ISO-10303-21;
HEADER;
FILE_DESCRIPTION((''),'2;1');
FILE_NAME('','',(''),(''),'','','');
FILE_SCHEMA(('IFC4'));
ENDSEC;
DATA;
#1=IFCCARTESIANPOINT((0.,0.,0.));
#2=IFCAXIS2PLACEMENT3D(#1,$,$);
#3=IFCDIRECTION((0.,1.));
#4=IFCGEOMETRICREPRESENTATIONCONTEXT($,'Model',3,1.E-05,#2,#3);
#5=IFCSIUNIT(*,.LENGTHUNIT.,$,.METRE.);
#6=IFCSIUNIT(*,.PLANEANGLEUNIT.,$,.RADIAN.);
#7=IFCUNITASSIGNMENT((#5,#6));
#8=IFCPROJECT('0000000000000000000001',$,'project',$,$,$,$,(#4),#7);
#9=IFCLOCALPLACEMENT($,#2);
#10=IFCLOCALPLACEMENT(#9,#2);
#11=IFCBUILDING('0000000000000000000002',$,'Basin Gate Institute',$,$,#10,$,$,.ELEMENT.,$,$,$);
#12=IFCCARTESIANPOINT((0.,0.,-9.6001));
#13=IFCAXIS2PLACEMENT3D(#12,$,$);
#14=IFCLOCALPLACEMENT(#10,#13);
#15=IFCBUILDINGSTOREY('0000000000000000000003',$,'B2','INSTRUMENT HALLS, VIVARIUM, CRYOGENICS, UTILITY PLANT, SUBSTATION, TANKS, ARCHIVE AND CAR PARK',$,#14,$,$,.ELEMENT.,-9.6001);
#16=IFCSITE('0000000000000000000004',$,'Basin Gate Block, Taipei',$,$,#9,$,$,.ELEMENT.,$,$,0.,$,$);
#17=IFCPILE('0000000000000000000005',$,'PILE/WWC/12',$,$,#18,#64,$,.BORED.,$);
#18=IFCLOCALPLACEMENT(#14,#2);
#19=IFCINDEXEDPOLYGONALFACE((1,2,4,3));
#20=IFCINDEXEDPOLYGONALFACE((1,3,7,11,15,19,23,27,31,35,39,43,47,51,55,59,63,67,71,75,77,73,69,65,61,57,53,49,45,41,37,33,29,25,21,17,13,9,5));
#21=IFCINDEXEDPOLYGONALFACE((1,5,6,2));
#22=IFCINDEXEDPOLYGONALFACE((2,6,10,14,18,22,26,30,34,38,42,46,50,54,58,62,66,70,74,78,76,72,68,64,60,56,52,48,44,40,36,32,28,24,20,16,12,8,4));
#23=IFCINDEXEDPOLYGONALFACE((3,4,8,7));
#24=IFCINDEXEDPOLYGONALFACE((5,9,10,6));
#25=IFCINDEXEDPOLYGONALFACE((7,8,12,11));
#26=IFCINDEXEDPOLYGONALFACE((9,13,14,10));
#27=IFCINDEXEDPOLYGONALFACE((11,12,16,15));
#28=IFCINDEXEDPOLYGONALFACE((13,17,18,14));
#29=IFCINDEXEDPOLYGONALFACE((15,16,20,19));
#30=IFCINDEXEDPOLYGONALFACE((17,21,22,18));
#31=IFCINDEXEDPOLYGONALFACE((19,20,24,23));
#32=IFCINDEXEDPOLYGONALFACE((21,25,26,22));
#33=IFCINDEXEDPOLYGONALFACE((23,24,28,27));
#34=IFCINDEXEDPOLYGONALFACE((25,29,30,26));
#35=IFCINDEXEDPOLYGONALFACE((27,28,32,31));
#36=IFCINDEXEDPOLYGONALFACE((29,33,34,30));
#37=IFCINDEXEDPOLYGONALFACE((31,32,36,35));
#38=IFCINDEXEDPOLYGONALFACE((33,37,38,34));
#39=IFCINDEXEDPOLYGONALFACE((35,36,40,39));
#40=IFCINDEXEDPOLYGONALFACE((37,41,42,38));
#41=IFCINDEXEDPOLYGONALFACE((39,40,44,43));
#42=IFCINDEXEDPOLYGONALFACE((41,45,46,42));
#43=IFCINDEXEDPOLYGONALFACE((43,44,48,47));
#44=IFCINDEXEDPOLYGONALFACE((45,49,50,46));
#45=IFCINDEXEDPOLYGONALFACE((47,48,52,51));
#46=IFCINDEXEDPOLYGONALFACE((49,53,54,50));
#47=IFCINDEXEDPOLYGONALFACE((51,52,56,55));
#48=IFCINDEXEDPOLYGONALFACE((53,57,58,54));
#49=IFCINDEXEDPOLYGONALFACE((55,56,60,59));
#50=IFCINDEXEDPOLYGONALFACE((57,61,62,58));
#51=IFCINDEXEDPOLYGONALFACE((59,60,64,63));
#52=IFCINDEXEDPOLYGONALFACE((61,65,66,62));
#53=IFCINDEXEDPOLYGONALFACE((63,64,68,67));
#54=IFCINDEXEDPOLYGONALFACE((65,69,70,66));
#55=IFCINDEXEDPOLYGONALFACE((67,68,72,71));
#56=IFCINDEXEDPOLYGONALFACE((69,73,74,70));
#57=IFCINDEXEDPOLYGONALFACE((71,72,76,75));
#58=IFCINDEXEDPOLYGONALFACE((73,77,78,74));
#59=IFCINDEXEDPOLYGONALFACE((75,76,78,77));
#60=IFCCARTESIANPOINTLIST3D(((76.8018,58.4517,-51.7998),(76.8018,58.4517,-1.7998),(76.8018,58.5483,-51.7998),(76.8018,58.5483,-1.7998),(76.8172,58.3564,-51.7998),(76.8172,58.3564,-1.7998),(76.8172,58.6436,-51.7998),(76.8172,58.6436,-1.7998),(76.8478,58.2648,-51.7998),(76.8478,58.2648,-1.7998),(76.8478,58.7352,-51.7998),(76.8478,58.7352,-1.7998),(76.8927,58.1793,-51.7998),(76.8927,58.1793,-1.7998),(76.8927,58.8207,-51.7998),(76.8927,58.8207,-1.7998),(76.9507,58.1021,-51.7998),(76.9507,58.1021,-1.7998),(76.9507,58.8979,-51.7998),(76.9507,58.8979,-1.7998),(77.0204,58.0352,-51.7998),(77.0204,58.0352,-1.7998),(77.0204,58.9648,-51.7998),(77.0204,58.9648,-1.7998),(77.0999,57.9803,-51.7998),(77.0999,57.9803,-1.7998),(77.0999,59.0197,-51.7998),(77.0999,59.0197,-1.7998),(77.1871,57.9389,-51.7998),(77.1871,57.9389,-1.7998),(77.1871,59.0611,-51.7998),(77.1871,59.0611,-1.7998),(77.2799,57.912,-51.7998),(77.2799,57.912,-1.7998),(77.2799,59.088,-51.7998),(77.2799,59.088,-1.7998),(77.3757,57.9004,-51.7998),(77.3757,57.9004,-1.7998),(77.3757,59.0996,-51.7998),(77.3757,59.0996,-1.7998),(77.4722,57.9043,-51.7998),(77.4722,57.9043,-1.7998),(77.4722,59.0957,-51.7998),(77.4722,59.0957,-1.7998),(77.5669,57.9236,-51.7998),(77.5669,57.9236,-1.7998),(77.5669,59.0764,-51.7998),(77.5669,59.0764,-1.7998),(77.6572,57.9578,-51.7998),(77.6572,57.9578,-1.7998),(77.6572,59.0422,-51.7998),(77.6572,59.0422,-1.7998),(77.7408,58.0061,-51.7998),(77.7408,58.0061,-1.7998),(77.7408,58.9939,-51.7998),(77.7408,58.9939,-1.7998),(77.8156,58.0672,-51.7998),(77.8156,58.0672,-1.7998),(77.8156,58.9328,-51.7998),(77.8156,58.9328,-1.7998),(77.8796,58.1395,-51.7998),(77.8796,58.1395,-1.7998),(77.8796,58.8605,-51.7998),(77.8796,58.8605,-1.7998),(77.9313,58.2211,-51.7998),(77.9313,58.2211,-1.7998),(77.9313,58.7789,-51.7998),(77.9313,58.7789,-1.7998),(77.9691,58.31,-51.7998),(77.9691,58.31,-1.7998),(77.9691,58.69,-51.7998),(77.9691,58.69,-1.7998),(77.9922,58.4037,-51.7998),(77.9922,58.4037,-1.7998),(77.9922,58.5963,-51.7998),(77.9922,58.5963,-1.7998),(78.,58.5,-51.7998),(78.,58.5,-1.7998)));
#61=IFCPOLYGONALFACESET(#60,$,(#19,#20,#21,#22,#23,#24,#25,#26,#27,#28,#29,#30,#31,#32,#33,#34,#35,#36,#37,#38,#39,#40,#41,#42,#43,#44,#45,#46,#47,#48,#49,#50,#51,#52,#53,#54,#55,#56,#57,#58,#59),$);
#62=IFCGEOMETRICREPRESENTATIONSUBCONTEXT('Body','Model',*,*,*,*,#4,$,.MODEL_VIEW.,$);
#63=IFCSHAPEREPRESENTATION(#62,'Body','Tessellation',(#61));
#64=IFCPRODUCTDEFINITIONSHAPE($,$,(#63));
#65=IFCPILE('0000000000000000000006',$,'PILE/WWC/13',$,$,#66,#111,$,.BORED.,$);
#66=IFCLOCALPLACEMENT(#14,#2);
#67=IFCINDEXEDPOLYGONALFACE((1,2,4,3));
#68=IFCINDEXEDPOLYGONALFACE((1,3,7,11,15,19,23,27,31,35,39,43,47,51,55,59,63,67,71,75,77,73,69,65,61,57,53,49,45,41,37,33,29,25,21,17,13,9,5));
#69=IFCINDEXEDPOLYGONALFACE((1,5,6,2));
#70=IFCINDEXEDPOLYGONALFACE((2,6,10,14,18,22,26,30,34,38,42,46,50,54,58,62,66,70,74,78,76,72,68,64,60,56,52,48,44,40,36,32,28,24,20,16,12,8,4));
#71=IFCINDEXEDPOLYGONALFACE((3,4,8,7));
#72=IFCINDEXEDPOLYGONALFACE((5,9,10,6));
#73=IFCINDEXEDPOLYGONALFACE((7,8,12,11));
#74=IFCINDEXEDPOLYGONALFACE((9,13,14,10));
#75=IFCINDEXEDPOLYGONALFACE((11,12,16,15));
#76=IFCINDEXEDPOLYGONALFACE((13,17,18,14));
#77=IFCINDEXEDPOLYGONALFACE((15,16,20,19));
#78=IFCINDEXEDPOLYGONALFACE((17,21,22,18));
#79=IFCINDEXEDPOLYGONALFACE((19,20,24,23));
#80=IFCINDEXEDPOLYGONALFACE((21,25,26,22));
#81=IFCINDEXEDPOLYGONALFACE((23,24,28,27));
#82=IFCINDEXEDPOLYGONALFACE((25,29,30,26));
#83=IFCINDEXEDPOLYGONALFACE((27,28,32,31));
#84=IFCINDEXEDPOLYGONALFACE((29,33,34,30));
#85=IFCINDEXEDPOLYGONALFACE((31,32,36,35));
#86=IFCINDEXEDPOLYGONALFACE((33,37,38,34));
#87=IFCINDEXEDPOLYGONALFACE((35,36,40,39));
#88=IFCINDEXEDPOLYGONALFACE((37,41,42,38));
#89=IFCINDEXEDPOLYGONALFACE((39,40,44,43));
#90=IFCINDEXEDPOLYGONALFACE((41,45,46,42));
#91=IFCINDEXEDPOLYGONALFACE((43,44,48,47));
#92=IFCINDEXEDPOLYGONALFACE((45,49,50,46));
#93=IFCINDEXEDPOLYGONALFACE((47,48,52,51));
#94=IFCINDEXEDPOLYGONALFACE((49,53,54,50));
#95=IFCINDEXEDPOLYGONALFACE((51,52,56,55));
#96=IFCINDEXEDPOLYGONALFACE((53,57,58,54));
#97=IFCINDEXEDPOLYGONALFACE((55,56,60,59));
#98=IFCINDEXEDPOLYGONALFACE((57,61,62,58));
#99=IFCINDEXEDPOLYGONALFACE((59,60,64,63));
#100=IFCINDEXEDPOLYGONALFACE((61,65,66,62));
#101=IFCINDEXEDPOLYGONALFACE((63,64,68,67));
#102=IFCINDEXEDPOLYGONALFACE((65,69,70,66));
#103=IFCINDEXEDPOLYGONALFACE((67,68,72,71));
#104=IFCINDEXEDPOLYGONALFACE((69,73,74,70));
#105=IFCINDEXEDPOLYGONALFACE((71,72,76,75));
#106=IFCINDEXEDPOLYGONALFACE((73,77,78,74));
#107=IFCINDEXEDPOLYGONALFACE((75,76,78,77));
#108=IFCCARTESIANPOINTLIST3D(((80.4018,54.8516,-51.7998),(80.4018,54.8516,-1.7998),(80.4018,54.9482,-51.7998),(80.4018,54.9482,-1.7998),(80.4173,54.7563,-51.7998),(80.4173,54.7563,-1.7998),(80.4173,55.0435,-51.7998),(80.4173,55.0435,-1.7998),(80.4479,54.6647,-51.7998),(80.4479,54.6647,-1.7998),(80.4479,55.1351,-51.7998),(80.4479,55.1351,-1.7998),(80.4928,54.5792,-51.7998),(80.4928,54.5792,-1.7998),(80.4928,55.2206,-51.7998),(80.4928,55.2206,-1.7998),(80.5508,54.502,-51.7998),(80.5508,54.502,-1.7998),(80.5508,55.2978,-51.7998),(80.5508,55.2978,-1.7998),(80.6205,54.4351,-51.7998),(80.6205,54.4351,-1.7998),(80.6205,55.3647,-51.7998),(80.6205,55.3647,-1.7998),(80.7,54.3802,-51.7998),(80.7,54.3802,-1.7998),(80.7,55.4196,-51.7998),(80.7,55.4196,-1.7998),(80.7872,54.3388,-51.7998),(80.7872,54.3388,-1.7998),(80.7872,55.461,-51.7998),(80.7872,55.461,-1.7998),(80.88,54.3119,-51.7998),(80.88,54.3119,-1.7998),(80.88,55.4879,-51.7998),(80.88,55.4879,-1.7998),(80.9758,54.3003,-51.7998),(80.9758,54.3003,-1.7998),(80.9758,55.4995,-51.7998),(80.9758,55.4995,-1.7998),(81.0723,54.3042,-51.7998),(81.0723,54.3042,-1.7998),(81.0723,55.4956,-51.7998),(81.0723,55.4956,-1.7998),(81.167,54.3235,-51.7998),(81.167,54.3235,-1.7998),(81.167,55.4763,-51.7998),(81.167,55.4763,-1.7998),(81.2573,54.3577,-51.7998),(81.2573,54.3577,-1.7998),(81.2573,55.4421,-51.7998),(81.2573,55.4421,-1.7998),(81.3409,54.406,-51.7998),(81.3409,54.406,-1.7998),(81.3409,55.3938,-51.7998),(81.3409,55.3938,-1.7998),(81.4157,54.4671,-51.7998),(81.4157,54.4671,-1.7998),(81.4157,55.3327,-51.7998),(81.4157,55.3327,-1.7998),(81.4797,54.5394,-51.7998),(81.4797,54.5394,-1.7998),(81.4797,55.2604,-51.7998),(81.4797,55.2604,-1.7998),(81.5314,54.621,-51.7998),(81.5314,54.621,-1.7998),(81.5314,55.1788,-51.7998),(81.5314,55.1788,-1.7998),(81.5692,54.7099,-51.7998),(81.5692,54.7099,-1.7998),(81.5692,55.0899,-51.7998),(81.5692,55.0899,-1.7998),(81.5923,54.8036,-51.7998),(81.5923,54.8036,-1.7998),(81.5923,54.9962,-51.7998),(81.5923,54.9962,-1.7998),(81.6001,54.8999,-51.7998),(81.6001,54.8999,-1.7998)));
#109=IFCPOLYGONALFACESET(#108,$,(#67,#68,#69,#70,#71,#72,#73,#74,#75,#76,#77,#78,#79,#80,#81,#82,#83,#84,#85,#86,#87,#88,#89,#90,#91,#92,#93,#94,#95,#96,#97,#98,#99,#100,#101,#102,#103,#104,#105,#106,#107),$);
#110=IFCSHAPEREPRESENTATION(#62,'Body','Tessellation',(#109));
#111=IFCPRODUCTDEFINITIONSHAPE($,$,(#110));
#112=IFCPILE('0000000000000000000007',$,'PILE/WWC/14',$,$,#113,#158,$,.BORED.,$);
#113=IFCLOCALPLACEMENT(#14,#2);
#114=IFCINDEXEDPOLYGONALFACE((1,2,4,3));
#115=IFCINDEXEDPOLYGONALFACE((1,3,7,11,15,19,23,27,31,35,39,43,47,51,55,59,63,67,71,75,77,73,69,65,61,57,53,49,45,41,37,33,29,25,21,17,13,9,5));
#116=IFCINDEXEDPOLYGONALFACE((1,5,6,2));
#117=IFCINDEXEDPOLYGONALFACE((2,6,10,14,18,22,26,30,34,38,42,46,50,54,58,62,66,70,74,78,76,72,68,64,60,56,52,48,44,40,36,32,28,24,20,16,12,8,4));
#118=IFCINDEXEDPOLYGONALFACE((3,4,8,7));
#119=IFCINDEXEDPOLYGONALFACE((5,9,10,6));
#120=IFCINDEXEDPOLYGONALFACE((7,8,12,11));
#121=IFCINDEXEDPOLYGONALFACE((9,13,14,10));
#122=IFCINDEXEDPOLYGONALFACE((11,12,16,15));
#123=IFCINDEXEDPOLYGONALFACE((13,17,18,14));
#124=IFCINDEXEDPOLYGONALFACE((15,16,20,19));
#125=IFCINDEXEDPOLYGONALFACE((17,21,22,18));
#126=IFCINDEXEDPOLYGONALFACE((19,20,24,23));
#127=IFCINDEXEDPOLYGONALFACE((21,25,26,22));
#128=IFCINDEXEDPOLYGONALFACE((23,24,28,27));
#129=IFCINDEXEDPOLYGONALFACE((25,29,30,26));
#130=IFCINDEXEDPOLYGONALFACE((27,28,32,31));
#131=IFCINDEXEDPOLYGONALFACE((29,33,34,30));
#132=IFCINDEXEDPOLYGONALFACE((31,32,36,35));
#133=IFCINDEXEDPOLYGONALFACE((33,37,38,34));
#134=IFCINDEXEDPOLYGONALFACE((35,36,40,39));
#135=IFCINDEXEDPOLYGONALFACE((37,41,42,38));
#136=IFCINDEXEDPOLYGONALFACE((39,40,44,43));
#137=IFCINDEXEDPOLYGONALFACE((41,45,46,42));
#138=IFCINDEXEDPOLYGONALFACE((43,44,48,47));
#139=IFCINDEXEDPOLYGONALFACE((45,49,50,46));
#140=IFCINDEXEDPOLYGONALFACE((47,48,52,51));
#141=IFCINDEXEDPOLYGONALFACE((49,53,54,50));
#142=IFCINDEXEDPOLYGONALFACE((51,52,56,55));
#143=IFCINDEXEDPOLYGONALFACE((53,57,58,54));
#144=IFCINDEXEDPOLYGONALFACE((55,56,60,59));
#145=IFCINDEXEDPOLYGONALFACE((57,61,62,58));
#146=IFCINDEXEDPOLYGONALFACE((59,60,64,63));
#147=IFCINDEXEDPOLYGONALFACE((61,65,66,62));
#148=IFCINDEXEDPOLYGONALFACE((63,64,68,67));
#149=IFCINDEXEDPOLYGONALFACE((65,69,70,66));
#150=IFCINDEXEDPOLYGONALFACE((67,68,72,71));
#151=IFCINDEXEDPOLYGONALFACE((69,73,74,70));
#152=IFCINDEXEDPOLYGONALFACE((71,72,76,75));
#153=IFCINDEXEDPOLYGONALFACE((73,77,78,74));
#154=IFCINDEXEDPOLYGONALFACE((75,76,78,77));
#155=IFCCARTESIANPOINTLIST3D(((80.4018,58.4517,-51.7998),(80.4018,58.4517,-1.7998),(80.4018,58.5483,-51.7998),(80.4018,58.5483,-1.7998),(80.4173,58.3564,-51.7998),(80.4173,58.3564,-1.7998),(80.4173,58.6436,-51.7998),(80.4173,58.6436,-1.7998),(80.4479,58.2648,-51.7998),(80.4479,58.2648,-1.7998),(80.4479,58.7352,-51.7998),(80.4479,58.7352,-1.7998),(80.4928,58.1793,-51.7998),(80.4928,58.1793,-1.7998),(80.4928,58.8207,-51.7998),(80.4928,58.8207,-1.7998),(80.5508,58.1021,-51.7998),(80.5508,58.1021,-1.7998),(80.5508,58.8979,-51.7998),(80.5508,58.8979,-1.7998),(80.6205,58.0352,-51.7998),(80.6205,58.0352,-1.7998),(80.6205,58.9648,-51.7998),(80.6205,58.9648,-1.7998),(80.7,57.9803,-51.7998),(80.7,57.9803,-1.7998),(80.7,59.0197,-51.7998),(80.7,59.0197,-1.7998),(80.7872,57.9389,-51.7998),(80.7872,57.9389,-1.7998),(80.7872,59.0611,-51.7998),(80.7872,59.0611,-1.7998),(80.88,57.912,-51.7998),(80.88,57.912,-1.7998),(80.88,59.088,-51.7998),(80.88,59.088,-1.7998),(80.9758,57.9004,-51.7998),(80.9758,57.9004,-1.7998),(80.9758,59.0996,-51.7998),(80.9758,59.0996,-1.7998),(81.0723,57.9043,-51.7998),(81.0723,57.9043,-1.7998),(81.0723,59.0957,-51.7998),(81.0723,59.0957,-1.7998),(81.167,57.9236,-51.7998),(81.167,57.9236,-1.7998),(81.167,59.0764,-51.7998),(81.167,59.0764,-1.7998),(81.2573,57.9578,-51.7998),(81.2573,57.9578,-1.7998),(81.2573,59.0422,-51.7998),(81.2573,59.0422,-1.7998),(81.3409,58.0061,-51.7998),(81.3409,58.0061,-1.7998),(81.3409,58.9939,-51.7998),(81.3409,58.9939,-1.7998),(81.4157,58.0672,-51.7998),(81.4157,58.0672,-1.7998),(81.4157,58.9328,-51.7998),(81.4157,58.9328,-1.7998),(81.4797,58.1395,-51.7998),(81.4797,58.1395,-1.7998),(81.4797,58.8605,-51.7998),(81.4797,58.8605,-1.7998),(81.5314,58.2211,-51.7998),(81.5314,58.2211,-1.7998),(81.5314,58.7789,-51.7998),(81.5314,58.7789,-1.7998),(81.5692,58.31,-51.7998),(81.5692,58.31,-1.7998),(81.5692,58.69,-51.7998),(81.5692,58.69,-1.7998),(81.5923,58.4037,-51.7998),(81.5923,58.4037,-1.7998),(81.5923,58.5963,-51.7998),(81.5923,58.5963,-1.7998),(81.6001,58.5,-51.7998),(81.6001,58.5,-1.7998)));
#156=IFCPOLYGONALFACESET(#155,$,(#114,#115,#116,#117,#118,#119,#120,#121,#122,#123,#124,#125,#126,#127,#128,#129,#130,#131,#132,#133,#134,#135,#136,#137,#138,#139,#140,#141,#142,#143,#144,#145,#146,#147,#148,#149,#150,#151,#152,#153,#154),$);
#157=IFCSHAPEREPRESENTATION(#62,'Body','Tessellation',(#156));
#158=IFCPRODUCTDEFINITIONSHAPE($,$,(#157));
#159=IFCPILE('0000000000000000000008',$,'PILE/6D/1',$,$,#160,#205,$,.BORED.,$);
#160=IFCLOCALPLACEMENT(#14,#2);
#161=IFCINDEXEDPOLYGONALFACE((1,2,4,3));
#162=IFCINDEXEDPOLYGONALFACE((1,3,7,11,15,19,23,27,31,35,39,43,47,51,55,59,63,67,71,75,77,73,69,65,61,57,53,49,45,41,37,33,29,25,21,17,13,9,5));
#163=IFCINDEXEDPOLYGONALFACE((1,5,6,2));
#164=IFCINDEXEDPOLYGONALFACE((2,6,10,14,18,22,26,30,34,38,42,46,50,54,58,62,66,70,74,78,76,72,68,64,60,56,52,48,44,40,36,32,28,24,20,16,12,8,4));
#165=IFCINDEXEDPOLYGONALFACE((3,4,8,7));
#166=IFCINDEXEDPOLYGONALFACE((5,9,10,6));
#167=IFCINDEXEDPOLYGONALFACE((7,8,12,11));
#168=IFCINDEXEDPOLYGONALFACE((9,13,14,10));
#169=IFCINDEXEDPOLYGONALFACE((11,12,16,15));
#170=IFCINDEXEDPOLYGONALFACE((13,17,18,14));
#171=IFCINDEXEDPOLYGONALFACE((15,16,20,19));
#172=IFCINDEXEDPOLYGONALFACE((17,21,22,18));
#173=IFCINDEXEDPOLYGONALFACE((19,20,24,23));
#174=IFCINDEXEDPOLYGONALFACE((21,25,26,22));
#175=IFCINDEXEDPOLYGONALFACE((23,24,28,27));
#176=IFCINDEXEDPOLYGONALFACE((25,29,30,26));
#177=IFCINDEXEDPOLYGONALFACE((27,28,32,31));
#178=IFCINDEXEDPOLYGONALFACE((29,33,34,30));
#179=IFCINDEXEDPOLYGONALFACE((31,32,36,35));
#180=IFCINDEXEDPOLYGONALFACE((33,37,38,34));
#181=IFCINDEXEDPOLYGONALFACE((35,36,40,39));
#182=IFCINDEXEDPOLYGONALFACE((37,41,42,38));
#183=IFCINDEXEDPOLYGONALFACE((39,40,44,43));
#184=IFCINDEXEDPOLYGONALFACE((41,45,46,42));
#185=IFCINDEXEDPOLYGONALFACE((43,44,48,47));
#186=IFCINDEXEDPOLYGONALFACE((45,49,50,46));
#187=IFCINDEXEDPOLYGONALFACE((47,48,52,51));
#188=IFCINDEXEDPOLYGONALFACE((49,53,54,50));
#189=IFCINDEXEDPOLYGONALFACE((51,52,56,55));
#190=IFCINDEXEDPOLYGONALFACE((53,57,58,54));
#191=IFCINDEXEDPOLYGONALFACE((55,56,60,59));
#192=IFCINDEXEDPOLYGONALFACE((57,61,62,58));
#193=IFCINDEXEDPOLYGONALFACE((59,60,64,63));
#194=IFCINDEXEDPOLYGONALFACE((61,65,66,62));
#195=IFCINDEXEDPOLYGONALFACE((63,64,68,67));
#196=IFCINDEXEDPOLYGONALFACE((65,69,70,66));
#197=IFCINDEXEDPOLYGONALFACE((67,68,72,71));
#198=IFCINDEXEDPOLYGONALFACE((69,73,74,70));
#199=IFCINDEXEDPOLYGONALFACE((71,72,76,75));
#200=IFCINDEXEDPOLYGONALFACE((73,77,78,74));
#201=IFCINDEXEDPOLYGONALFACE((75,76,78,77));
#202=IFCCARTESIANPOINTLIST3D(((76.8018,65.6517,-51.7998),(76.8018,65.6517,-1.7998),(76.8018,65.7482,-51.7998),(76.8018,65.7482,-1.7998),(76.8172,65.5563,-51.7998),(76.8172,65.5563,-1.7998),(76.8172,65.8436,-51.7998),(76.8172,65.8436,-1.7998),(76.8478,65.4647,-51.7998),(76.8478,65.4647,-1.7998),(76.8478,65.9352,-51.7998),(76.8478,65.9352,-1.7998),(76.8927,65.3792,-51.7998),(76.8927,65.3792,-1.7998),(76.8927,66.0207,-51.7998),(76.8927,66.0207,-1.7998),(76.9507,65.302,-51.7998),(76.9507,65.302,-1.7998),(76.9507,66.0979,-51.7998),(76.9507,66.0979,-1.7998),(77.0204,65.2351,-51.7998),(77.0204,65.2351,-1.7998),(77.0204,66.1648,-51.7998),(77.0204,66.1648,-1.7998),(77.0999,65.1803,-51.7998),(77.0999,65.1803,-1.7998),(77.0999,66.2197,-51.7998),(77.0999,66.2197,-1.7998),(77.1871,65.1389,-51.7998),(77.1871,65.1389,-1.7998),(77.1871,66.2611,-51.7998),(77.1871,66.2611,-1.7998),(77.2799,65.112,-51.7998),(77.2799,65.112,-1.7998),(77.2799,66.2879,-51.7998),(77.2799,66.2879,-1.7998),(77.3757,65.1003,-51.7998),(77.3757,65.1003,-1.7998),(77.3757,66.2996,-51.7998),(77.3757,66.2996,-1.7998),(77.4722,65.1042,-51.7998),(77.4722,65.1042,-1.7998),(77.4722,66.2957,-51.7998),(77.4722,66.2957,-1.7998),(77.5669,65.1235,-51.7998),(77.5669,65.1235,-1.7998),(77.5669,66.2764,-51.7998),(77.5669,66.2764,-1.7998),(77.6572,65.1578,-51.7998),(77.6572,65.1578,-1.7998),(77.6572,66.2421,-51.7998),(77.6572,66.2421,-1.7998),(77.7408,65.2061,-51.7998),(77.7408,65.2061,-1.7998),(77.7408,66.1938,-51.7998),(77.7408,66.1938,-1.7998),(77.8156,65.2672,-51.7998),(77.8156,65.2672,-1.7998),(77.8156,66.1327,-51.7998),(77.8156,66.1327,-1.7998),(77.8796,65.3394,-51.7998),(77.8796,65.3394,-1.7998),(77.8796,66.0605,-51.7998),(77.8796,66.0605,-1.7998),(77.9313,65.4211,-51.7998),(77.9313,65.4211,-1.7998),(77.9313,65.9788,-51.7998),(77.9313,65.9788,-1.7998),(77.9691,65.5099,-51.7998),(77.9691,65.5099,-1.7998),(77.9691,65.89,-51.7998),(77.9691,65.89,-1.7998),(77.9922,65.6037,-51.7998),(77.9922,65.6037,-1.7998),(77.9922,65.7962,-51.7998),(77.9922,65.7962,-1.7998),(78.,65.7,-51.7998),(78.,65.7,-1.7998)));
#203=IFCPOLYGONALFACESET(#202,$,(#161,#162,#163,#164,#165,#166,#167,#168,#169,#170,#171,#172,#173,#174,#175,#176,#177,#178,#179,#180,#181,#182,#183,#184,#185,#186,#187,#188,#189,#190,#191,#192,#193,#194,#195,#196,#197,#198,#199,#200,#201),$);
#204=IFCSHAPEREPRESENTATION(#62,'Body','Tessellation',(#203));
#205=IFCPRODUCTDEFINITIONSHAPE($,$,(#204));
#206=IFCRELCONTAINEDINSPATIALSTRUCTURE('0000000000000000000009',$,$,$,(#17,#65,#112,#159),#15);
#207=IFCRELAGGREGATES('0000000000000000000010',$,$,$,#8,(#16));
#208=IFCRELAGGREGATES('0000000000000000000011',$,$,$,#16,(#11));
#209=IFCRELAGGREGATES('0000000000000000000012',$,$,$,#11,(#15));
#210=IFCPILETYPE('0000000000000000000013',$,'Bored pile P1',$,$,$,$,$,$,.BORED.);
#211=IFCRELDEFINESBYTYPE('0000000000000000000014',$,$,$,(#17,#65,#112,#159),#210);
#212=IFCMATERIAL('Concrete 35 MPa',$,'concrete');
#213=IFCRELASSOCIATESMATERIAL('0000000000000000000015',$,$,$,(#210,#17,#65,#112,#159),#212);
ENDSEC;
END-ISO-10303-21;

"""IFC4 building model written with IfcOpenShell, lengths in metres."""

from ifc_helpers import new_model, si_unit, direction, frame, origin, origin_2d, place, context, subcontext, project, spatial, circle, extrude, material, material_profile, profile_set, type_object, element, save


model = new_model("IFC4")

# Units and contexts
model_context = context("Model", 3, precision=1e-05, world=origin(), true_north=direction((0.0, 1.0)))
body_context = subcontext(model_context, "Body", "Model", "MODEL_VIEW")
ifc_project = project(units=[si_unit("LENGTHUNIT", "METRE"), si_unit("PLANEANGLEUNIT", "RADIAN")], contexts=[model_context])

# Site, building, storey
site_placement = place(None, origin())
site = spatial("IfcSite", under=ifc_project, at=site_placement, Name="Basin Gate Block, Taipei", CompositionType="ELEMENT", RefElevation=0.0)
building_placement = place(site_placement, origin())
building = spatial("IfcBuilding", under=site, at=building_placement, Name="Basin Gate Institute", CompositionType="ELEMENT")
storey_placement = place(building_placement, frame((0.0, 0.0, -9.6001)))
storey = spatial("IfcBuildingStorey", under=building, at=storey_placement, Name="B2", Description="INSTRUMENT HALLS, VIVARIUM, CRYOGENICS, UTILITY PLANT, SUBSTATION, TANKS, ARCHIVE AND CAR PARK", CompositionType="ELEMENT", Elevation=-9.6001)

# Piles
ifc_material_1 = material(Name="Concrete 35 MPa", Category="concrete")
ifc_material_profile_1 = material_profile(ifc_material_1, circle(Radius=0.6001, at=origin_2d()), Name="Bored pile P1 1200 dia")
ifc_profile_set_1 = profile_set([ifc_material_profile_1], Name="Concrete 35 MPa")
pile_type = type_object("IfcPileType", Name="Bored pile P1", PredefinedType="BORED", material=ifc_profile_set_1)
for number, where, z_axis, x_axis, name in (
    (1, (77.3999, 58.5, -1.7998), (0.0, 0.0, -1.0), (1.0, 0.0, 0.0), "PILE/WWC/12"),
    (2, (81.0, 54.8999, -1.7998), (0.0, 0.0, -1.0), (1.0, 0.0, 0.0), "PILE/WWC/13"),
    (3, (81.0, 58.5, -1.7998), (0.0, 0.0, -1.0), (1.0, 0.0, 0.0), "PILE/WWC/14"),
    (4, (77.3999, 65.7, -1.7998), (0.0, 0.0, -1.0), (1.0, 0.0, 0.0), "PILE/6D/1"),
):
    element("IfcPile", number, at=place(storey_placement, frame(where, z_axis=z_axis, x_axis=x_axis)), inside=storey, type_object=pile_type, material=ifc_profile_set_1, Name=name, PredefinedType="BORED", context=body_context, shape_type="SweptSolid", body=[
        extrude(circle(Radius=0.6001, at=origin_2d()), origin(), (0.0, 0.0, 1.0), 50.0),
    ])

save(model, "model.ifc")
